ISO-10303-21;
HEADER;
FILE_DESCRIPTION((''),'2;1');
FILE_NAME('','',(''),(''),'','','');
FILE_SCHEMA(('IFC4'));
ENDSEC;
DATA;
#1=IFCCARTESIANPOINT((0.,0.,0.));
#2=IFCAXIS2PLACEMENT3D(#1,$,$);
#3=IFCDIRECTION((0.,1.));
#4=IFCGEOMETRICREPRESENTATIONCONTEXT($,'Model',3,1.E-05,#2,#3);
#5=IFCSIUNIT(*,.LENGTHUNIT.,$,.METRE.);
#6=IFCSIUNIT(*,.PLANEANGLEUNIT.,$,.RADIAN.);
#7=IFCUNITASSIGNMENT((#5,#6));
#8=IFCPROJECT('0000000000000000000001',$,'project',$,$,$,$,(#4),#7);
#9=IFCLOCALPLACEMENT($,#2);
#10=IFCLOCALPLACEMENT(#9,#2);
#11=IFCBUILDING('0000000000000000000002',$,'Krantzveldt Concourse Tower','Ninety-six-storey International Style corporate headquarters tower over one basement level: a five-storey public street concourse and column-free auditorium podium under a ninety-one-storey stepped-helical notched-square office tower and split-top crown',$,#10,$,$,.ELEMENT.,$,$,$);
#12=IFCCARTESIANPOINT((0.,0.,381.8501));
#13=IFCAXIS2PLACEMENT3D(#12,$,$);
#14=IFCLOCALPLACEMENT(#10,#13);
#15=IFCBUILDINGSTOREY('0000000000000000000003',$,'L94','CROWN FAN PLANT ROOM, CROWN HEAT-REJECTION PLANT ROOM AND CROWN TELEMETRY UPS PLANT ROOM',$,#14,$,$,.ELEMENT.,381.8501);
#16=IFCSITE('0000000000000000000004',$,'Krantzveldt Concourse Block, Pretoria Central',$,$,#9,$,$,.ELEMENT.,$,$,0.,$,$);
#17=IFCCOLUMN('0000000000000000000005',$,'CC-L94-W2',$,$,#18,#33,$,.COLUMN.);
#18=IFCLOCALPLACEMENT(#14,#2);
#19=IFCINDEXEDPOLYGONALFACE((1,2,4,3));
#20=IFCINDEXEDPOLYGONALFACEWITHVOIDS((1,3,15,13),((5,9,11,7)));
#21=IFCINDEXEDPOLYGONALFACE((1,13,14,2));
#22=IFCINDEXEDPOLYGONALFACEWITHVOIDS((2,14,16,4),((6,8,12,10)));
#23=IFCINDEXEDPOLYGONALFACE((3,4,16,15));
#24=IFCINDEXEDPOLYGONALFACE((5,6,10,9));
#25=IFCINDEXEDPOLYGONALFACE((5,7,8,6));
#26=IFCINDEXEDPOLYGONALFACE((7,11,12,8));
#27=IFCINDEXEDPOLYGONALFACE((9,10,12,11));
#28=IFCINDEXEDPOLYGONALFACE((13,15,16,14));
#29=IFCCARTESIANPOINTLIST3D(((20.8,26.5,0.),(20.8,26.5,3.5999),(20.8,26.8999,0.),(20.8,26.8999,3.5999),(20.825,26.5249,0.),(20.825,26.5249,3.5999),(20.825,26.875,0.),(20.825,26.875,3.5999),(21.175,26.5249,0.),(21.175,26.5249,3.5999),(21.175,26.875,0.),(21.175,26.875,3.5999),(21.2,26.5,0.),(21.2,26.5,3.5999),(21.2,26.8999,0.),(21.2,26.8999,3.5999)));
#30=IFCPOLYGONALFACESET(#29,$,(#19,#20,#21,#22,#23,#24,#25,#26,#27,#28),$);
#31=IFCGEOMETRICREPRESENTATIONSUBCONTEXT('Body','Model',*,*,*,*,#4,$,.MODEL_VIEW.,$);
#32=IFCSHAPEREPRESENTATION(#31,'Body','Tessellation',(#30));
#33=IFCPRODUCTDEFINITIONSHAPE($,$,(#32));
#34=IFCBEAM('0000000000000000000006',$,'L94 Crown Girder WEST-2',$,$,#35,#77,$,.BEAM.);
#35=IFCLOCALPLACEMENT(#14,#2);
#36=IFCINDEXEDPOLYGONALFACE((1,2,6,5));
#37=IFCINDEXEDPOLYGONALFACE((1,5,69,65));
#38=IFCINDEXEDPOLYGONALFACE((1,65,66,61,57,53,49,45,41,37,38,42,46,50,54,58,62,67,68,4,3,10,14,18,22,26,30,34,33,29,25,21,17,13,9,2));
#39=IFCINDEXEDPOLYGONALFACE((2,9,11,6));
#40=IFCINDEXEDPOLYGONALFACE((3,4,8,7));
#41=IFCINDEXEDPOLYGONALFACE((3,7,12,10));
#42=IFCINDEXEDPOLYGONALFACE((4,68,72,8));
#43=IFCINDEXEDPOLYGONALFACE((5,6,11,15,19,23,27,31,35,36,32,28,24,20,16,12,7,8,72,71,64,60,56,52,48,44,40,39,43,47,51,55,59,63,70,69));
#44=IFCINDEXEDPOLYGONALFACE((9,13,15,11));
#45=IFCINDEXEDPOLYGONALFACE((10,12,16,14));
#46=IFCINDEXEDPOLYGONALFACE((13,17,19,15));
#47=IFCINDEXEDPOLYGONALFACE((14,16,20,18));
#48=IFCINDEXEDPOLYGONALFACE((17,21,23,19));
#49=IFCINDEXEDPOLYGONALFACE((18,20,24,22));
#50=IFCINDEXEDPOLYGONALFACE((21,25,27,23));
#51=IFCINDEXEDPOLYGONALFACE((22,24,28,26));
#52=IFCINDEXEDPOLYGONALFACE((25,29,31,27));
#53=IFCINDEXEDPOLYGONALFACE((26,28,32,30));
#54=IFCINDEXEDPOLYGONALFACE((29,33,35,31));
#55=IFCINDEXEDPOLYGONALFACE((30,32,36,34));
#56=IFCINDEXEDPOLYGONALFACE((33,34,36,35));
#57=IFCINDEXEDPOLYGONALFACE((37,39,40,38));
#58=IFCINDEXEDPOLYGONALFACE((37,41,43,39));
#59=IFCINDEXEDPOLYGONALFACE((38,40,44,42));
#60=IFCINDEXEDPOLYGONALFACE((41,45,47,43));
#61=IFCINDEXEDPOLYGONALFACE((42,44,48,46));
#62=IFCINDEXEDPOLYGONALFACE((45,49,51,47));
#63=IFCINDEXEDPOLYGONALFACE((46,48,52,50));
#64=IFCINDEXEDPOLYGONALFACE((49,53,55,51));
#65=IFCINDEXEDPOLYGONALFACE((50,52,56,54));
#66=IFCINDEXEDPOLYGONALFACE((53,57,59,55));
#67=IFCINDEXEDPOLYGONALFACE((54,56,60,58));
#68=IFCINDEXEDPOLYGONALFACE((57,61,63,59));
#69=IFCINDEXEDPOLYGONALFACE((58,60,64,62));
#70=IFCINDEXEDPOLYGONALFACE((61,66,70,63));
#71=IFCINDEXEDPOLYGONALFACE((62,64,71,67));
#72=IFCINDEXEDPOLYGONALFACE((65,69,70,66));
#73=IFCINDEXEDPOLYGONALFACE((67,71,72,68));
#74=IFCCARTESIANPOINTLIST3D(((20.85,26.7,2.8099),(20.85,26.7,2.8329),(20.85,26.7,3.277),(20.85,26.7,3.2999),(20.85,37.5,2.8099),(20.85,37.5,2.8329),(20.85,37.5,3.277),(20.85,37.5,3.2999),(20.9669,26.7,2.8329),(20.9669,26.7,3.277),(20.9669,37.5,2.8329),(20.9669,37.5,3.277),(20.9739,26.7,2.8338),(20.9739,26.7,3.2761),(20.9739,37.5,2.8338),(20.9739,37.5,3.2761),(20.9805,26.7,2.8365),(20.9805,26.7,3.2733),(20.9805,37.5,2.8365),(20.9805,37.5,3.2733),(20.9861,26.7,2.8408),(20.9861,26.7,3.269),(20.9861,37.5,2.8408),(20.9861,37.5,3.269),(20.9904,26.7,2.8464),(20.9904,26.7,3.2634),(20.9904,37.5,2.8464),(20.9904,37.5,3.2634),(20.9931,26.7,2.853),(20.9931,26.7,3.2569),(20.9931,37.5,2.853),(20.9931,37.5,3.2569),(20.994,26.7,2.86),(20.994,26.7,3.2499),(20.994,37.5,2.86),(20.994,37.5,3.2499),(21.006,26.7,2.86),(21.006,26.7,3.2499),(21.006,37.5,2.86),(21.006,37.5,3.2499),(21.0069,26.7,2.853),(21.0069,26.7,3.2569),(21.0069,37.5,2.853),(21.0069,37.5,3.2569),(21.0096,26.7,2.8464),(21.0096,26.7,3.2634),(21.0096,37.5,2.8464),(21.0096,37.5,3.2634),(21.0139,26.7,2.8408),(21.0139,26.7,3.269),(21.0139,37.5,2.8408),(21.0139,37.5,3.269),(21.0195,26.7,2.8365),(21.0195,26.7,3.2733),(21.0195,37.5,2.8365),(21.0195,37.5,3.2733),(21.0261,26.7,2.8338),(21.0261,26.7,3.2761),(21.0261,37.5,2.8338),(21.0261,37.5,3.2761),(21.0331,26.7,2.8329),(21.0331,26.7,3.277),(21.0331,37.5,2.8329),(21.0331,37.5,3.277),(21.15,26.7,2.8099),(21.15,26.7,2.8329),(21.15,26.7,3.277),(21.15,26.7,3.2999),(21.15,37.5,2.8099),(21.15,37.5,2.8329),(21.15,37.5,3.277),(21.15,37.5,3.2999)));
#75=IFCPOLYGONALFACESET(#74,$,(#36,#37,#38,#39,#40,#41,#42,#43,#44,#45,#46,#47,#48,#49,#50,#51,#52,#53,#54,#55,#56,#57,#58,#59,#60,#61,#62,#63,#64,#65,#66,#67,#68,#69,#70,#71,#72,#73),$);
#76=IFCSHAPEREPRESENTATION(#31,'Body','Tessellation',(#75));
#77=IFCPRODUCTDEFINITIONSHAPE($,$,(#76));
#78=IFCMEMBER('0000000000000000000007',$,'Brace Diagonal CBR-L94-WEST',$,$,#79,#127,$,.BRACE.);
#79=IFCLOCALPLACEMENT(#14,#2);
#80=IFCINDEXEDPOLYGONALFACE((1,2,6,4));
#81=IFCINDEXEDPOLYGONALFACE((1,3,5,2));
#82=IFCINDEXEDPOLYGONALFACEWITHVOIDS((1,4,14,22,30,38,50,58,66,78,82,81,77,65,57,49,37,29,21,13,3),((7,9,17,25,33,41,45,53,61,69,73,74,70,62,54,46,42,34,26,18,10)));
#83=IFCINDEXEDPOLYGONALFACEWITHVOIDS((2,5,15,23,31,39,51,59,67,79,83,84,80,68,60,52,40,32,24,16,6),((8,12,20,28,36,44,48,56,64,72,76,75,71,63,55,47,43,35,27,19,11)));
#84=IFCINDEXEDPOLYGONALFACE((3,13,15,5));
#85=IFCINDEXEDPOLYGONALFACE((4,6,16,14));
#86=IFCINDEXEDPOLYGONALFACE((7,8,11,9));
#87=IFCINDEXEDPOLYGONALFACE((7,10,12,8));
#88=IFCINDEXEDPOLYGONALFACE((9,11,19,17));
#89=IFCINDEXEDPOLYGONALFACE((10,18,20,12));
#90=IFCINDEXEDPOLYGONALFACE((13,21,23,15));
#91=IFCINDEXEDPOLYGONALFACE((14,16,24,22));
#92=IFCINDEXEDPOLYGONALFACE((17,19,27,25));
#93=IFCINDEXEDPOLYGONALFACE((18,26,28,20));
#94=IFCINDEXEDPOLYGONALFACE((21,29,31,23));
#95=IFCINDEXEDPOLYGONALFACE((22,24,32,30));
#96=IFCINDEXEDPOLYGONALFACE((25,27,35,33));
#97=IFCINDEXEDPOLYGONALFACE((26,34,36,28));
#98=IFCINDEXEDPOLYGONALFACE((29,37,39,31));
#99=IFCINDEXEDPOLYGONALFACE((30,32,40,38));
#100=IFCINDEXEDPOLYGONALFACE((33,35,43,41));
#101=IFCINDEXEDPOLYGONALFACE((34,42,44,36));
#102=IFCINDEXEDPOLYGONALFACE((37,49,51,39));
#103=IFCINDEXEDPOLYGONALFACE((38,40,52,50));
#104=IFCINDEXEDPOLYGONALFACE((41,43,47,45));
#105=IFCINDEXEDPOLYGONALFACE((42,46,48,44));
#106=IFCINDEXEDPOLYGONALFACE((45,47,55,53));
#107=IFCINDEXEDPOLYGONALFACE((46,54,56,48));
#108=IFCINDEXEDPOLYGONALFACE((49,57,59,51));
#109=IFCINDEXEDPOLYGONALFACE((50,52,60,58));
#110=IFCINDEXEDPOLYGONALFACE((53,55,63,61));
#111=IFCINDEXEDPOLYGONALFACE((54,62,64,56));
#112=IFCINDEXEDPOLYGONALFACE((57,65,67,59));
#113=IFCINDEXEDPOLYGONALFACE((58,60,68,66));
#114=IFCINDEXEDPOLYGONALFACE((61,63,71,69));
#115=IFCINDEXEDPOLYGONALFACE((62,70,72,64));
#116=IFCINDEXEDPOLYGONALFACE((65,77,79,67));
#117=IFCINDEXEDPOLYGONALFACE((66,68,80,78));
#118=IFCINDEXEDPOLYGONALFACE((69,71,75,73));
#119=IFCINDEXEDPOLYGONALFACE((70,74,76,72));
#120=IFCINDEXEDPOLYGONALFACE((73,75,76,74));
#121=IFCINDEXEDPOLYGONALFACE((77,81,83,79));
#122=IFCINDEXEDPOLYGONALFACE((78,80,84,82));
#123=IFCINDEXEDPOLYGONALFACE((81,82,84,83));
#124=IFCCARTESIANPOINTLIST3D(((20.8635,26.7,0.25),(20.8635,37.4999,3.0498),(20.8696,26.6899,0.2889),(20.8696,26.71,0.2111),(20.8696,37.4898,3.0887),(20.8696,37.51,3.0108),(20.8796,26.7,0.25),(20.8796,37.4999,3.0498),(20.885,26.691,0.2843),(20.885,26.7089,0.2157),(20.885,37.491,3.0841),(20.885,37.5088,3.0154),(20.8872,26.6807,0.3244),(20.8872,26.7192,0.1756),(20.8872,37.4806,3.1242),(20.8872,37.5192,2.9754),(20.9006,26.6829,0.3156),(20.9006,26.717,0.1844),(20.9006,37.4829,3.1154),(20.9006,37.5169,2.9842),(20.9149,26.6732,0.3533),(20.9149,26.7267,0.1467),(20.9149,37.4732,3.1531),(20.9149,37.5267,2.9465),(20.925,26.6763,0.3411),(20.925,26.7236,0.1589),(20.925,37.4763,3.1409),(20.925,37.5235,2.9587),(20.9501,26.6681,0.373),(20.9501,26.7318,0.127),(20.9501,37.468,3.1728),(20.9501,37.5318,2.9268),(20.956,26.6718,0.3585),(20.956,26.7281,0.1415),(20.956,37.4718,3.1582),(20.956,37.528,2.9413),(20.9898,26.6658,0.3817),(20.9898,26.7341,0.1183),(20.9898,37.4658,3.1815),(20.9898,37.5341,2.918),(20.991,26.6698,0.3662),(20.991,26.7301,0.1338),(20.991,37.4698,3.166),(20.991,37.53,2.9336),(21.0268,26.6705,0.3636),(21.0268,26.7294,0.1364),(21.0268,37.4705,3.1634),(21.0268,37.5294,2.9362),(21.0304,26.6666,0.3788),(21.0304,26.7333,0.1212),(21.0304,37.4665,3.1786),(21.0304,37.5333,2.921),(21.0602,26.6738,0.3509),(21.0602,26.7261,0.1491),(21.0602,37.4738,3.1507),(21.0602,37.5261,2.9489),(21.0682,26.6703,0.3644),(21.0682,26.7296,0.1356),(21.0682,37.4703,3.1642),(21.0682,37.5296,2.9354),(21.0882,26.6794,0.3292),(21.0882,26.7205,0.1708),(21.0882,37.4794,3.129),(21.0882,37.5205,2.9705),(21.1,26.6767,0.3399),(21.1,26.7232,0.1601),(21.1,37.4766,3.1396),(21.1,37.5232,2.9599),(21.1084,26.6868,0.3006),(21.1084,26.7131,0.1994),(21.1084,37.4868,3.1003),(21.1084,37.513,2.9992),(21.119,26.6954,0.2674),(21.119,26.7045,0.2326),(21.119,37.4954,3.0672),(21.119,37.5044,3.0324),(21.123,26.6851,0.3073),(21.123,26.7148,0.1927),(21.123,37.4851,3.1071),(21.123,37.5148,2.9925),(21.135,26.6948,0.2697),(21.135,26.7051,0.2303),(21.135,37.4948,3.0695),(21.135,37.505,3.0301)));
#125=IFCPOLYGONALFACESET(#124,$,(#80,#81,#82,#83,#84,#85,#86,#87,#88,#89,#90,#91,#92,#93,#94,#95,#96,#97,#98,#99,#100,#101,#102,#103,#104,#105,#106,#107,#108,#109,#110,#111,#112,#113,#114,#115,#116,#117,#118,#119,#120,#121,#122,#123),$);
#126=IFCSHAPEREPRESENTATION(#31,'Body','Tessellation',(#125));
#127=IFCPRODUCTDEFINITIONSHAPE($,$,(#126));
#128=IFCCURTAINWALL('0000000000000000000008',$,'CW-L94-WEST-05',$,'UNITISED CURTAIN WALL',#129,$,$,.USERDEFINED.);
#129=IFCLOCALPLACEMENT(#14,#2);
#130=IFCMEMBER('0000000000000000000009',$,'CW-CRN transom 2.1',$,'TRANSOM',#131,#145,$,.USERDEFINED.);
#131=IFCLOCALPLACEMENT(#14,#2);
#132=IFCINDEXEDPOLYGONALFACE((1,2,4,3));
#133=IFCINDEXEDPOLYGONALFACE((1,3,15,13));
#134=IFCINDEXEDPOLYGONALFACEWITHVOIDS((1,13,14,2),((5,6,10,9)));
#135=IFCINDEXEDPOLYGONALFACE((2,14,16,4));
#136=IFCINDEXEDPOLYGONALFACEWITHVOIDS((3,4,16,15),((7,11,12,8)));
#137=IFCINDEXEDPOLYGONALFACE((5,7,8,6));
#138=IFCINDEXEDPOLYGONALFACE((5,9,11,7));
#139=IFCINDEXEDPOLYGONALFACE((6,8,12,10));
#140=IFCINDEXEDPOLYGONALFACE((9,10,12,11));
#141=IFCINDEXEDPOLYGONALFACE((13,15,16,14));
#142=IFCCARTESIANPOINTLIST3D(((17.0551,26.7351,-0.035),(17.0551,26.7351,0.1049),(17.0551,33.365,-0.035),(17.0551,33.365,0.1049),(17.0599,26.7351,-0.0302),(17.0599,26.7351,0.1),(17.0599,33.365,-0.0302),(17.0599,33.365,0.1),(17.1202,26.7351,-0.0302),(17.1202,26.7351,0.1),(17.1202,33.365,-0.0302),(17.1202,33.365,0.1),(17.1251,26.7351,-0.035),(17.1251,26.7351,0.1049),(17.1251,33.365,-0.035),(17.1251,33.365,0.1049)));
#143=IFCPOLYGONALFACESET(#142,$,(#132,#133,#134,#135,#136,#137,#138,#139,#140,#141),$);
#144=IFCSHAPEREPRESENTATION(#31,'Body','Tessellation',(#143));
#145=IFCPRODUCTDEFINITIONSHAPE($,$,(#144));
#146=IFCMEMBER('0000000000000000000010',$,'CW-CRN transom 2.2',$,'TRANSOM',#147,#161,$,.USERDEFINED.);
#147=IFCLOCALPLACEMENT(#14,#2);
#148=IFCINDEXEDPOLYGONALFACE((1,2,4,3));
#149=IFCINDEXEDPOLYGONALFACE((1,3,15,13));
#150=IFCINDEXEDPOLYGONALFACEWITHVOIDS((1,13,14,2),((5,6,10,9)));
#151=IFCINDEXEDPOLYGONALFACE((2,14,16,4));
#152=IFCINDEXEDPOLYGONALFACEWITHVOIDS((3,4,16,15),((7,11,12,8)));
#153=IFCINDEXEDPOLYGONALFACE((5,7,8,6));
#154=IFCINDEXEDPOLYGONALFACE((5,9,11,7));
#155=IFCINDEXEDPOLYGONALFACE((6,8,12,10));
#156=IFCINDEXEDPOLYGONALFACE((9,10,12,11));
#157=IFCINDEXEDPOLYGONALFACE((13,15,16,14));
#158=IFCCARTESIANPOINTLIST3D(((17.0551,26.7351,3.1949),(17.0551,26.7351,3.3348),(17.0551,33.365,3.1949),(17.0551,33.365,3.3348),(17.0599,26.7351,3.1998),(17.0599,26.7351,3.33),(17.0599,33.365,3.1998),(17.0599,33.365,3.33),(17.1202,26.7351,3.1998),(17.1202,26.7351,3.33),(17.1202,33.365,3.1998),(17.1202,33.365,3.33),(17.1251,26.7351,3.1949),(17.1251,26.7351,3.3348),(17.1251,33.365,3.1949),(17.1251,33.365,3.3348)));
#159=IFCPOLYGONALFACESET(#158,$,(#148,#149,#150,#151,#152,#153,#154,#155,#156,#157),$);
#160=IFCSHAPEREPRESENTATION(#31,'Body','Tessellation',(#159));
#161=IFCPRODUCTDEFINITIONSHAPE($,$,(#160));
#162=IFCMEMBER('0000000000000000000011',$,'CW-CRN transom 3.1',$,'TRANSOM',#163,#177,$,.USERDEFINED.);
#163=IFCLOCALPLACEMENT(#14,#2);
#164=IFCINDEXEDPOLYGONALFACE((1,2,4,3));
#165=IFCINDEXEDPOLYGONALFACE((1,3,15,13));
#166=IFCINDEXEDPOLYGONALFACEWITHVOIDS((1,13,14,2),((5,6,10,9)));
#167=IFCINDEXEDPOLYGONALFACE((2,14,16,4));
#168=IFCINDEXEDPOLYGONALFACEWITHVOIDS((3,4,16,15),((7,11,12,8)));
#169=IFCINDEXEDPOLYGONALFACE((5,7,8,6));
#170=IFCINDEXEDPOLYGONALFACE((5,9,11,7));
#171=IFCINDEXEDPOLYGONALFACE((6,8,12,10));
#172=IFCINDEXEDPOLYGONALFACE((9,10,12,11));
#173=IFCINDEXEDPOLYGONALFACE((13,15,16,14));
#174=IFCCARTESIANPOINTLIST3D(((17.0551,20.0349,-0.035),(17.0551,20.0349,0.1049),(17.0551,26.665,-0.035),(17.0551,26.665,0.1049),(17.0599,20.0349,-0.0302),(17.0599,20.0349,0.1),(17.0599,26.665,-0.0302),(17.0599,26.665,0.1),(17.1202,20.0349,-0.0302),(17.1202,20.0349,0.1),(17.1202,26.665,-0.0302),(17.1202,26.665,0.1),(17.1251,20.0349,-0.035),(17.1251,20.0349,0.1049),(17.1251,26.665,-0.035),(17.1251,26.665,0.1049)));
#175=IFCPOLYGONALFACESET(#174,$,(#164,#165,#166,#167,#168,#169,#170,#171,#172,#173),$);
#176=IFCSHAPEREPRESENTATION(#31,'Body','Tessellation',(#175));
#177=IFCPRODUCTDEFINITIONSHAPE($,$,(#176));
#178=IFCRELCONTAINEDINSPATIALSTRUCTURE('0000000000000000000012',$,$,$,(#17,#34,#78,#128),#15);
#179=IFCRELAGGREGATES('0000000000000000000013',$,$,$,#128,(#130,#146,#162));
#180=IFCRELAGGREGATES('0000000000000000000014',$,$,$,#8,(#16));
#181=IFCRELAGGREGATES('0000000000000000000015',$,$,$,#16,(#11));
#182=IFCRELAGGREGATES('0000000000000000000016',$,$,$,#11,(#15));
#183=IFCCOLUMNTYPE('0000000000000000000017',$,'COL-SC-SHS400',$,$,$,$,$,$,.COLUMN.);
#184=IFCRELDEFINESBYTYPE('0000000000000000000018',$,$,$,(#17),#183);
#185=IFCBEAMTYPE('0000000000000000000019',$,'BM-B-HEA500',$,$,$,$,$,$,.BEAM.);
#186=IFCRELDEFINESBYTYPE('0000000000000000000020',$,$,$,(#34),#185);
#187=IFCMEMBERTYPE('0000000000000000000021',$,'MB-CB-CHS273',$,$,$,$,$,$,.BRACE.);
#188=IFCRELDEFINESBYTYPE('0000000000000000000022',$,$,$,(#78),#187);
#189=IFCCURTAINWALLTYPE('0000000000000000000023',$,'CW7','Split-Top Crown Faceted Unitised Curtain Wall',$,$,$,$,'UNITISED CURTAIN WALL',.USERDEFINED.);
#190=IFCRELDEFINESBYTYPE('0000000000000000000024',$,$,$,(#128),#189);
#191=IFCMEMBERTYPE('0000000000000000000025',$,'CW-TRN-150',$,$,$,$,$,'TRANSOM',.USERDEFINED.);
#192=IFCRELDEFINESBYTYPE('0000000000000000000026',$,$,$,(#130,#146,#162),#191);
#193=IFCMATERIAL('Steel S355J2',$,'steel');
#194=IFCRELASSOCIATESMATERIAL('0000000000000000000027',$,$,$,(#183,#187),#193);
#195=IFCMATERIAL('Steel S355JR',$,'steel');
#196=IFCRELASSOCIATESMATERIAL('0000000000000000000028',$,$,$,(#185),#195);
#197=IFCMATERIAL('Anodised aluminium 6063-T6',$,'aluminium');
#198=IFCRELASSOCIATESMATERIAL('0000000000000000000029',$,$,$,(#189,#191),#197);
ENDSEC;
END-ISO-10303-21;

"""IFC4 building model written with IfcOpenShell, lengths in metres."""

from ifc_helpers import new_model, si_unit, direction, frame, origin, origin_2d, place, context, subcontext, project, spatial, hollow_rectangle, hollow_circle, i_section, extrude, source, transform, mapped, material, material_profile, profile_set, type_object, type_shapes, element, aggregate, save


model = new_model("IFC4")

# Units and contexts
model_context = context("Model", 3, precision=1e-05, world=origin(), true_north=direction((0.0, 1.0)))
body_context = subcontext(model_context, "Body", "Model", "MODEL_VIEW")
ifc_project = project(units=[si_unit("LENGTHUNIT", "METRE"), si_unit("PLANEANGLEUNIT", "RADIAN")], contexts=[model_context])

# Site, building, storey
site_placement = place(None, origin())
site = spatial("IfcSite", under=ifc_project, at=site_placement, Name="Krantzveldt Concourse Block, Pretoria Central", CompositionType="ELEMENT", RefElevation=0.0)
building_placement = place(site_placement, origin())
building = spatial("IfcBuilding", under=site, at=building_placement, Name="Krantzveldt Concourse Tower", Description="Ninety-six-storey International Style corporate headquarters tower over one basement level: a five-storey public street concourse and column-free auditorium podium under a ninety-one-storey stepped-helical notched-square office tower and split-top crown", CompositionType="ELEMENT")
storey_placement = place(building_placement, frame((0.0, 0.0, 381.8501)))
storey = spatial("IfcBuildingStorey", under=building, at=storey_placement, Name="L94", Description="CROWN FAN PLANT ROOM, CROWN HEAT-REJECTION PLANT ROOM AND CROWN TELEMETRY UPS PLANT ROOM", CompositionType="ELEMENT", Elevation=381.8501)

# Column
ifc_material_1 = material(Name="Steel S355J2", Category="steel")
ifc_material_profile_1 = material_profile(ifc_material_1, hollow_rectangle(XDim=0.3999, YDim=0.3999, WallThickness=0.0249, at=origin_2d()), Name="Steel S355J2", Category="steel")
ifc_profile_set_1 = profile_set([ifc_material_profile_1], Name="Steel S355J2 - SHS 400x400x25")
column_type = type_object("IfcColumnType", Name="COL-SC-SHS400", PredefinedType="COLUMN", material=ifc_profile_set_1)
shared_shape_1 = source(origin(), body_context, "Body", "SweptSolid", [
    extrude(hollow_rectangle(XDim=0.3999, YDim=0.3999, WallThickness=0.0249, at=origin_2d()), origin(), (0.0, 0.0, 1.0), 3.5999),
])
type_shapes(column_type, [shared_shape_1])
column_placement = place(storey_placement, frame((21.0, 26.7, 0.0), z_axis=(0.0, 0.0, 1.0), x_axis=(1.0, 0.0, 0.0)))
element("IfcColumn", 1, at=column_placement, inside=storey, type_object=column_type, Name="CC-L94-W2", PredefinedType="COLUMN", context=body_context, shape_type="MappedRepresentation", body=[
    mapped(shared_shape_1, transform((0.0, 0.0, 0.0), x_axis=(1.0, 0.0, 0.0), y_axis=(0.0, 1.0, 0.0), z_axis=(0.0, 0.0, 1.0), scale=1.0)),
])

# Beam
ifc_material_2 = material(Name="Steel S355JR", Category="steel")
ifc_material_profile_2 = material_profile(ifc_material_2, i_section(OverallWidth=0.3, OverallDepth=0.49, WebThickness=0.012, FlangeThickness=0.0229, FilletRadius=0.0271, at=origin_2d()), Name="Steel S355JR", Category="steel")
ifc_profile_set_2 = profile_set([ifc_material_profile_2], Name="Steel S355JR - HEA 500")
beam_type = type_object("IfcBeamType", Name="BM-B-HEA500", PredefinedType="BEAM", material=ifc_profile_set_2)
shared_shape_2 = source(origin(), body_context, "Body", "SweptSolid", [
    extrude(i_section(OverallWidth=0.3, OverallDepth=0.49, WebThickness=0.012, FlangeThickness=0.0229, FilletRadius=0.0271, at=origin_2d()), origin(), (0.0, 0.0, 1.0), 10.8),
])
type_shapes(beam_type, [shared_shape_2])
beam_placement = place(storey_placement, frame((21.0, 26.7, 3.0549), z_axis=(0.0, 1.0, 0.0), x_axis=(-1.0, 0.0, 0.0)))
element("IfcBeam", 2, at=beam_placement, inside=storey, type_object=beam_type, Name="L94 Crown Girder WEST-2", PredefinedType="BEAM", context=body_context, shape_type="MappedRepresentation", body=[
    mapped(shared_shape_2, transform((0.0, 0.0, 0.0), x_axis=(1.0, 0.0, 0.0), y_axis=(0.0, 1.0, 0.0), z_axis=(0.0, 0.0, 1.0), scale=1.0)),
])

# Member
ifc_material_profile_3 = material_profile(ifc_material_1, hollow_circle(Radius=0.1365, WallThickness=0.0161, at=origin_2d()), Name="Steel S355J2", Category="steel")
ifc_profile_set_3 = profile_set([ifc_material_profile_3], Name="Steel S355J2 - CHS 273x16")
member_type_1 = type_object("IfcMemberType", Name="MB-CB-CHS273", PredefinedType="BRACE", material=ifc_profile_set_3)
shared_shape_3 = source(origin(), body_context, "Body", "SweptSolid", [
    extrude(hollow_circle(Radius=0.1365, WallThickness=0.0161, at=origin_2d()), origin(), (0.0, 0.0, 1.0), 11.157),
])
type_shapes(member_type_1, [shared_shape_3])
member_1_placement = place(storey_placement, frame((21.0, 26.7, 0.25), z_axis=(0.0, 0.968001, 0.250945), x_axis=(-1.0, 0.0, 0.0)))
element("IfcMember", 3, at=member_1_placement, inside=storey, type_object=member_type_1, Name="Brace Diagonal CBR-L94-WEST", PredefinedType="BRACE", context=body_context, shape_type="MappedRepresentation", body=[
    mapped(shared_shape_3, transform((0.0, 0.0, 0.0), x_axis=(1.0, 0.0, 0.0), y_axis=(0.0, 1.0, 0.0), z_axis=(0.0, 0.0, 1.0), scale=1.0)),
])

# Curtain wall, members
ifc_material_3 = material(Name="Anodised aluminium 6063-T6", Category="aluminium")
curtain_wall_type = type_object("IfcCurtainWallType", Name="CW7", Description="Split-Top Crown Faceted Unitised Curtain Wall", ElementType="UNITISED CURTAIN WALL", PredefinedType="USERDEFINED", material=ifc_material_3)
curtain_wall_placement = place(storey_placement, origin())
curtain_wall = element("IfcCurtainWall", 4, at=curtain_wall_placement, inside=storey, type_object=curtain_wall_type, Name="CW-L94-WEST-05", ObjectType="UNITISED CURTAIN WALL", PredefinedType="USERDEFINED")
ifc_material_profile_4 = material_profile(ifc_material_3, hollow_rectangle(XDim=0.0701, YDim=0.1399, WallThickness=0.0049, at=origin_2d()), Name="Anodised aluminium 6063-T6", Category="aluminium")
ifc_profile_set_4 = profile_set([ifc_material_profile_4], Name="Anodised aluminium 6063-T6 - ALU-TRAN 140x70x5")
member_type_2 = type_object("IfcMemberType", Name="CW-TRN-150", ElementType="TRANSOM", PredefinedType="USERDEFINED", material=ifc_profile_set_4)
shared_shape_4 = source(origin(), body_context, "Body", "SweptSolid", [
    extrude(hollow_rectangle(XDim=0.0701, YDim=0.1399, WallThickness=0.0049, at=origin_2d()), origin(), (0.0, 0.0, 1.0), 6.6299),
])
member_2_placement = place(storey_placement, frame((17.0901, 33.365, 0.0349), z_axis=(0.0, -1.0, 0.0), x_axis=(1.0, 0.0, 0.0)))
member_2 = element("IfcMember", 5, at=member_2_placement, type_object=member_type_2, Name="CW-CRN transom 2.1", ObjectType="TRANSOM", PredefinedType="USERDEFINED", context=body_context, shape_type="MappedRepresentation", body=[
    mapped(shared_shape_4, transform((0.0, 0.0, 0.0), x_axis=(1.0, 0.0, 0.0), y_axis=(0.0, 1.0, 0.0), z_axis=(0.0, 0.0, 1.0), scale=1.0)),
])
member_3_placement = place(storey_placement, frame((17.0901, 33.365, 3.2649), z_axis=(0.0, -1.0, 0.0), x_axis=(1.0, 0.0, 0.0)))
member_3 = element("IfcMember", 6, at=member_3_placement, type_object=member_type_2, Name="CW-CRN transom 2.2", ObjectType="TRANSOM", PredefinedType="USERDEFINED", context=body_context, shape_type="MappedRepresentation", body=[
    mapped(shared_shape_4, transform((0.0, 0.0, 0.0), x_axis=(1.0, 0.0, 0.0), y_axis=(0.0, 1.0, 0.0), z_axis=(0.0, 0.0, 1.0), scale=1.0)),
])
shared_shape_5 = source(origin(), body_context, "Body", "SweptSolid", [
    extrude(hollow_rectangle(XDim=0.0701, YDim=0.1399, WallThickness=0.0049, at=origin_2d()), origin(), (0.0, 0.0, 1.0), 6.6301),
])
type_shapes(member_type_2, [shared_shape_4, shared_shape_5])
member_4_placement = place(storey_placement, frame((17.0901, 26.665, 0.0349), z_axis=(0.0, -1.0, 0.0), x_axis=(1.0, 0.0, 0.0)))
member_4 = element("IfcMember", 7, at=member_4_placement, type_object=member_type_2, Name="CW-CRN transom 3.1", ObjectType="TRANSOM", PredefinedType="USERDEFINED", context=body_context, shape_type="MappedRepresentation", body=[
    mapped(shared_shape_5, transform((0.0, 0.0, 0.0), x_axis=(1.0, 0.0, 0.0), y_axis=(0.0, 1.0, 0.0), z_axis=(0.0, 0.0, 1.0), scale=1.0)),
])

aggregate(curtain_wall, [member_2, member_3, member_4])

save(model, "model.ifc")
